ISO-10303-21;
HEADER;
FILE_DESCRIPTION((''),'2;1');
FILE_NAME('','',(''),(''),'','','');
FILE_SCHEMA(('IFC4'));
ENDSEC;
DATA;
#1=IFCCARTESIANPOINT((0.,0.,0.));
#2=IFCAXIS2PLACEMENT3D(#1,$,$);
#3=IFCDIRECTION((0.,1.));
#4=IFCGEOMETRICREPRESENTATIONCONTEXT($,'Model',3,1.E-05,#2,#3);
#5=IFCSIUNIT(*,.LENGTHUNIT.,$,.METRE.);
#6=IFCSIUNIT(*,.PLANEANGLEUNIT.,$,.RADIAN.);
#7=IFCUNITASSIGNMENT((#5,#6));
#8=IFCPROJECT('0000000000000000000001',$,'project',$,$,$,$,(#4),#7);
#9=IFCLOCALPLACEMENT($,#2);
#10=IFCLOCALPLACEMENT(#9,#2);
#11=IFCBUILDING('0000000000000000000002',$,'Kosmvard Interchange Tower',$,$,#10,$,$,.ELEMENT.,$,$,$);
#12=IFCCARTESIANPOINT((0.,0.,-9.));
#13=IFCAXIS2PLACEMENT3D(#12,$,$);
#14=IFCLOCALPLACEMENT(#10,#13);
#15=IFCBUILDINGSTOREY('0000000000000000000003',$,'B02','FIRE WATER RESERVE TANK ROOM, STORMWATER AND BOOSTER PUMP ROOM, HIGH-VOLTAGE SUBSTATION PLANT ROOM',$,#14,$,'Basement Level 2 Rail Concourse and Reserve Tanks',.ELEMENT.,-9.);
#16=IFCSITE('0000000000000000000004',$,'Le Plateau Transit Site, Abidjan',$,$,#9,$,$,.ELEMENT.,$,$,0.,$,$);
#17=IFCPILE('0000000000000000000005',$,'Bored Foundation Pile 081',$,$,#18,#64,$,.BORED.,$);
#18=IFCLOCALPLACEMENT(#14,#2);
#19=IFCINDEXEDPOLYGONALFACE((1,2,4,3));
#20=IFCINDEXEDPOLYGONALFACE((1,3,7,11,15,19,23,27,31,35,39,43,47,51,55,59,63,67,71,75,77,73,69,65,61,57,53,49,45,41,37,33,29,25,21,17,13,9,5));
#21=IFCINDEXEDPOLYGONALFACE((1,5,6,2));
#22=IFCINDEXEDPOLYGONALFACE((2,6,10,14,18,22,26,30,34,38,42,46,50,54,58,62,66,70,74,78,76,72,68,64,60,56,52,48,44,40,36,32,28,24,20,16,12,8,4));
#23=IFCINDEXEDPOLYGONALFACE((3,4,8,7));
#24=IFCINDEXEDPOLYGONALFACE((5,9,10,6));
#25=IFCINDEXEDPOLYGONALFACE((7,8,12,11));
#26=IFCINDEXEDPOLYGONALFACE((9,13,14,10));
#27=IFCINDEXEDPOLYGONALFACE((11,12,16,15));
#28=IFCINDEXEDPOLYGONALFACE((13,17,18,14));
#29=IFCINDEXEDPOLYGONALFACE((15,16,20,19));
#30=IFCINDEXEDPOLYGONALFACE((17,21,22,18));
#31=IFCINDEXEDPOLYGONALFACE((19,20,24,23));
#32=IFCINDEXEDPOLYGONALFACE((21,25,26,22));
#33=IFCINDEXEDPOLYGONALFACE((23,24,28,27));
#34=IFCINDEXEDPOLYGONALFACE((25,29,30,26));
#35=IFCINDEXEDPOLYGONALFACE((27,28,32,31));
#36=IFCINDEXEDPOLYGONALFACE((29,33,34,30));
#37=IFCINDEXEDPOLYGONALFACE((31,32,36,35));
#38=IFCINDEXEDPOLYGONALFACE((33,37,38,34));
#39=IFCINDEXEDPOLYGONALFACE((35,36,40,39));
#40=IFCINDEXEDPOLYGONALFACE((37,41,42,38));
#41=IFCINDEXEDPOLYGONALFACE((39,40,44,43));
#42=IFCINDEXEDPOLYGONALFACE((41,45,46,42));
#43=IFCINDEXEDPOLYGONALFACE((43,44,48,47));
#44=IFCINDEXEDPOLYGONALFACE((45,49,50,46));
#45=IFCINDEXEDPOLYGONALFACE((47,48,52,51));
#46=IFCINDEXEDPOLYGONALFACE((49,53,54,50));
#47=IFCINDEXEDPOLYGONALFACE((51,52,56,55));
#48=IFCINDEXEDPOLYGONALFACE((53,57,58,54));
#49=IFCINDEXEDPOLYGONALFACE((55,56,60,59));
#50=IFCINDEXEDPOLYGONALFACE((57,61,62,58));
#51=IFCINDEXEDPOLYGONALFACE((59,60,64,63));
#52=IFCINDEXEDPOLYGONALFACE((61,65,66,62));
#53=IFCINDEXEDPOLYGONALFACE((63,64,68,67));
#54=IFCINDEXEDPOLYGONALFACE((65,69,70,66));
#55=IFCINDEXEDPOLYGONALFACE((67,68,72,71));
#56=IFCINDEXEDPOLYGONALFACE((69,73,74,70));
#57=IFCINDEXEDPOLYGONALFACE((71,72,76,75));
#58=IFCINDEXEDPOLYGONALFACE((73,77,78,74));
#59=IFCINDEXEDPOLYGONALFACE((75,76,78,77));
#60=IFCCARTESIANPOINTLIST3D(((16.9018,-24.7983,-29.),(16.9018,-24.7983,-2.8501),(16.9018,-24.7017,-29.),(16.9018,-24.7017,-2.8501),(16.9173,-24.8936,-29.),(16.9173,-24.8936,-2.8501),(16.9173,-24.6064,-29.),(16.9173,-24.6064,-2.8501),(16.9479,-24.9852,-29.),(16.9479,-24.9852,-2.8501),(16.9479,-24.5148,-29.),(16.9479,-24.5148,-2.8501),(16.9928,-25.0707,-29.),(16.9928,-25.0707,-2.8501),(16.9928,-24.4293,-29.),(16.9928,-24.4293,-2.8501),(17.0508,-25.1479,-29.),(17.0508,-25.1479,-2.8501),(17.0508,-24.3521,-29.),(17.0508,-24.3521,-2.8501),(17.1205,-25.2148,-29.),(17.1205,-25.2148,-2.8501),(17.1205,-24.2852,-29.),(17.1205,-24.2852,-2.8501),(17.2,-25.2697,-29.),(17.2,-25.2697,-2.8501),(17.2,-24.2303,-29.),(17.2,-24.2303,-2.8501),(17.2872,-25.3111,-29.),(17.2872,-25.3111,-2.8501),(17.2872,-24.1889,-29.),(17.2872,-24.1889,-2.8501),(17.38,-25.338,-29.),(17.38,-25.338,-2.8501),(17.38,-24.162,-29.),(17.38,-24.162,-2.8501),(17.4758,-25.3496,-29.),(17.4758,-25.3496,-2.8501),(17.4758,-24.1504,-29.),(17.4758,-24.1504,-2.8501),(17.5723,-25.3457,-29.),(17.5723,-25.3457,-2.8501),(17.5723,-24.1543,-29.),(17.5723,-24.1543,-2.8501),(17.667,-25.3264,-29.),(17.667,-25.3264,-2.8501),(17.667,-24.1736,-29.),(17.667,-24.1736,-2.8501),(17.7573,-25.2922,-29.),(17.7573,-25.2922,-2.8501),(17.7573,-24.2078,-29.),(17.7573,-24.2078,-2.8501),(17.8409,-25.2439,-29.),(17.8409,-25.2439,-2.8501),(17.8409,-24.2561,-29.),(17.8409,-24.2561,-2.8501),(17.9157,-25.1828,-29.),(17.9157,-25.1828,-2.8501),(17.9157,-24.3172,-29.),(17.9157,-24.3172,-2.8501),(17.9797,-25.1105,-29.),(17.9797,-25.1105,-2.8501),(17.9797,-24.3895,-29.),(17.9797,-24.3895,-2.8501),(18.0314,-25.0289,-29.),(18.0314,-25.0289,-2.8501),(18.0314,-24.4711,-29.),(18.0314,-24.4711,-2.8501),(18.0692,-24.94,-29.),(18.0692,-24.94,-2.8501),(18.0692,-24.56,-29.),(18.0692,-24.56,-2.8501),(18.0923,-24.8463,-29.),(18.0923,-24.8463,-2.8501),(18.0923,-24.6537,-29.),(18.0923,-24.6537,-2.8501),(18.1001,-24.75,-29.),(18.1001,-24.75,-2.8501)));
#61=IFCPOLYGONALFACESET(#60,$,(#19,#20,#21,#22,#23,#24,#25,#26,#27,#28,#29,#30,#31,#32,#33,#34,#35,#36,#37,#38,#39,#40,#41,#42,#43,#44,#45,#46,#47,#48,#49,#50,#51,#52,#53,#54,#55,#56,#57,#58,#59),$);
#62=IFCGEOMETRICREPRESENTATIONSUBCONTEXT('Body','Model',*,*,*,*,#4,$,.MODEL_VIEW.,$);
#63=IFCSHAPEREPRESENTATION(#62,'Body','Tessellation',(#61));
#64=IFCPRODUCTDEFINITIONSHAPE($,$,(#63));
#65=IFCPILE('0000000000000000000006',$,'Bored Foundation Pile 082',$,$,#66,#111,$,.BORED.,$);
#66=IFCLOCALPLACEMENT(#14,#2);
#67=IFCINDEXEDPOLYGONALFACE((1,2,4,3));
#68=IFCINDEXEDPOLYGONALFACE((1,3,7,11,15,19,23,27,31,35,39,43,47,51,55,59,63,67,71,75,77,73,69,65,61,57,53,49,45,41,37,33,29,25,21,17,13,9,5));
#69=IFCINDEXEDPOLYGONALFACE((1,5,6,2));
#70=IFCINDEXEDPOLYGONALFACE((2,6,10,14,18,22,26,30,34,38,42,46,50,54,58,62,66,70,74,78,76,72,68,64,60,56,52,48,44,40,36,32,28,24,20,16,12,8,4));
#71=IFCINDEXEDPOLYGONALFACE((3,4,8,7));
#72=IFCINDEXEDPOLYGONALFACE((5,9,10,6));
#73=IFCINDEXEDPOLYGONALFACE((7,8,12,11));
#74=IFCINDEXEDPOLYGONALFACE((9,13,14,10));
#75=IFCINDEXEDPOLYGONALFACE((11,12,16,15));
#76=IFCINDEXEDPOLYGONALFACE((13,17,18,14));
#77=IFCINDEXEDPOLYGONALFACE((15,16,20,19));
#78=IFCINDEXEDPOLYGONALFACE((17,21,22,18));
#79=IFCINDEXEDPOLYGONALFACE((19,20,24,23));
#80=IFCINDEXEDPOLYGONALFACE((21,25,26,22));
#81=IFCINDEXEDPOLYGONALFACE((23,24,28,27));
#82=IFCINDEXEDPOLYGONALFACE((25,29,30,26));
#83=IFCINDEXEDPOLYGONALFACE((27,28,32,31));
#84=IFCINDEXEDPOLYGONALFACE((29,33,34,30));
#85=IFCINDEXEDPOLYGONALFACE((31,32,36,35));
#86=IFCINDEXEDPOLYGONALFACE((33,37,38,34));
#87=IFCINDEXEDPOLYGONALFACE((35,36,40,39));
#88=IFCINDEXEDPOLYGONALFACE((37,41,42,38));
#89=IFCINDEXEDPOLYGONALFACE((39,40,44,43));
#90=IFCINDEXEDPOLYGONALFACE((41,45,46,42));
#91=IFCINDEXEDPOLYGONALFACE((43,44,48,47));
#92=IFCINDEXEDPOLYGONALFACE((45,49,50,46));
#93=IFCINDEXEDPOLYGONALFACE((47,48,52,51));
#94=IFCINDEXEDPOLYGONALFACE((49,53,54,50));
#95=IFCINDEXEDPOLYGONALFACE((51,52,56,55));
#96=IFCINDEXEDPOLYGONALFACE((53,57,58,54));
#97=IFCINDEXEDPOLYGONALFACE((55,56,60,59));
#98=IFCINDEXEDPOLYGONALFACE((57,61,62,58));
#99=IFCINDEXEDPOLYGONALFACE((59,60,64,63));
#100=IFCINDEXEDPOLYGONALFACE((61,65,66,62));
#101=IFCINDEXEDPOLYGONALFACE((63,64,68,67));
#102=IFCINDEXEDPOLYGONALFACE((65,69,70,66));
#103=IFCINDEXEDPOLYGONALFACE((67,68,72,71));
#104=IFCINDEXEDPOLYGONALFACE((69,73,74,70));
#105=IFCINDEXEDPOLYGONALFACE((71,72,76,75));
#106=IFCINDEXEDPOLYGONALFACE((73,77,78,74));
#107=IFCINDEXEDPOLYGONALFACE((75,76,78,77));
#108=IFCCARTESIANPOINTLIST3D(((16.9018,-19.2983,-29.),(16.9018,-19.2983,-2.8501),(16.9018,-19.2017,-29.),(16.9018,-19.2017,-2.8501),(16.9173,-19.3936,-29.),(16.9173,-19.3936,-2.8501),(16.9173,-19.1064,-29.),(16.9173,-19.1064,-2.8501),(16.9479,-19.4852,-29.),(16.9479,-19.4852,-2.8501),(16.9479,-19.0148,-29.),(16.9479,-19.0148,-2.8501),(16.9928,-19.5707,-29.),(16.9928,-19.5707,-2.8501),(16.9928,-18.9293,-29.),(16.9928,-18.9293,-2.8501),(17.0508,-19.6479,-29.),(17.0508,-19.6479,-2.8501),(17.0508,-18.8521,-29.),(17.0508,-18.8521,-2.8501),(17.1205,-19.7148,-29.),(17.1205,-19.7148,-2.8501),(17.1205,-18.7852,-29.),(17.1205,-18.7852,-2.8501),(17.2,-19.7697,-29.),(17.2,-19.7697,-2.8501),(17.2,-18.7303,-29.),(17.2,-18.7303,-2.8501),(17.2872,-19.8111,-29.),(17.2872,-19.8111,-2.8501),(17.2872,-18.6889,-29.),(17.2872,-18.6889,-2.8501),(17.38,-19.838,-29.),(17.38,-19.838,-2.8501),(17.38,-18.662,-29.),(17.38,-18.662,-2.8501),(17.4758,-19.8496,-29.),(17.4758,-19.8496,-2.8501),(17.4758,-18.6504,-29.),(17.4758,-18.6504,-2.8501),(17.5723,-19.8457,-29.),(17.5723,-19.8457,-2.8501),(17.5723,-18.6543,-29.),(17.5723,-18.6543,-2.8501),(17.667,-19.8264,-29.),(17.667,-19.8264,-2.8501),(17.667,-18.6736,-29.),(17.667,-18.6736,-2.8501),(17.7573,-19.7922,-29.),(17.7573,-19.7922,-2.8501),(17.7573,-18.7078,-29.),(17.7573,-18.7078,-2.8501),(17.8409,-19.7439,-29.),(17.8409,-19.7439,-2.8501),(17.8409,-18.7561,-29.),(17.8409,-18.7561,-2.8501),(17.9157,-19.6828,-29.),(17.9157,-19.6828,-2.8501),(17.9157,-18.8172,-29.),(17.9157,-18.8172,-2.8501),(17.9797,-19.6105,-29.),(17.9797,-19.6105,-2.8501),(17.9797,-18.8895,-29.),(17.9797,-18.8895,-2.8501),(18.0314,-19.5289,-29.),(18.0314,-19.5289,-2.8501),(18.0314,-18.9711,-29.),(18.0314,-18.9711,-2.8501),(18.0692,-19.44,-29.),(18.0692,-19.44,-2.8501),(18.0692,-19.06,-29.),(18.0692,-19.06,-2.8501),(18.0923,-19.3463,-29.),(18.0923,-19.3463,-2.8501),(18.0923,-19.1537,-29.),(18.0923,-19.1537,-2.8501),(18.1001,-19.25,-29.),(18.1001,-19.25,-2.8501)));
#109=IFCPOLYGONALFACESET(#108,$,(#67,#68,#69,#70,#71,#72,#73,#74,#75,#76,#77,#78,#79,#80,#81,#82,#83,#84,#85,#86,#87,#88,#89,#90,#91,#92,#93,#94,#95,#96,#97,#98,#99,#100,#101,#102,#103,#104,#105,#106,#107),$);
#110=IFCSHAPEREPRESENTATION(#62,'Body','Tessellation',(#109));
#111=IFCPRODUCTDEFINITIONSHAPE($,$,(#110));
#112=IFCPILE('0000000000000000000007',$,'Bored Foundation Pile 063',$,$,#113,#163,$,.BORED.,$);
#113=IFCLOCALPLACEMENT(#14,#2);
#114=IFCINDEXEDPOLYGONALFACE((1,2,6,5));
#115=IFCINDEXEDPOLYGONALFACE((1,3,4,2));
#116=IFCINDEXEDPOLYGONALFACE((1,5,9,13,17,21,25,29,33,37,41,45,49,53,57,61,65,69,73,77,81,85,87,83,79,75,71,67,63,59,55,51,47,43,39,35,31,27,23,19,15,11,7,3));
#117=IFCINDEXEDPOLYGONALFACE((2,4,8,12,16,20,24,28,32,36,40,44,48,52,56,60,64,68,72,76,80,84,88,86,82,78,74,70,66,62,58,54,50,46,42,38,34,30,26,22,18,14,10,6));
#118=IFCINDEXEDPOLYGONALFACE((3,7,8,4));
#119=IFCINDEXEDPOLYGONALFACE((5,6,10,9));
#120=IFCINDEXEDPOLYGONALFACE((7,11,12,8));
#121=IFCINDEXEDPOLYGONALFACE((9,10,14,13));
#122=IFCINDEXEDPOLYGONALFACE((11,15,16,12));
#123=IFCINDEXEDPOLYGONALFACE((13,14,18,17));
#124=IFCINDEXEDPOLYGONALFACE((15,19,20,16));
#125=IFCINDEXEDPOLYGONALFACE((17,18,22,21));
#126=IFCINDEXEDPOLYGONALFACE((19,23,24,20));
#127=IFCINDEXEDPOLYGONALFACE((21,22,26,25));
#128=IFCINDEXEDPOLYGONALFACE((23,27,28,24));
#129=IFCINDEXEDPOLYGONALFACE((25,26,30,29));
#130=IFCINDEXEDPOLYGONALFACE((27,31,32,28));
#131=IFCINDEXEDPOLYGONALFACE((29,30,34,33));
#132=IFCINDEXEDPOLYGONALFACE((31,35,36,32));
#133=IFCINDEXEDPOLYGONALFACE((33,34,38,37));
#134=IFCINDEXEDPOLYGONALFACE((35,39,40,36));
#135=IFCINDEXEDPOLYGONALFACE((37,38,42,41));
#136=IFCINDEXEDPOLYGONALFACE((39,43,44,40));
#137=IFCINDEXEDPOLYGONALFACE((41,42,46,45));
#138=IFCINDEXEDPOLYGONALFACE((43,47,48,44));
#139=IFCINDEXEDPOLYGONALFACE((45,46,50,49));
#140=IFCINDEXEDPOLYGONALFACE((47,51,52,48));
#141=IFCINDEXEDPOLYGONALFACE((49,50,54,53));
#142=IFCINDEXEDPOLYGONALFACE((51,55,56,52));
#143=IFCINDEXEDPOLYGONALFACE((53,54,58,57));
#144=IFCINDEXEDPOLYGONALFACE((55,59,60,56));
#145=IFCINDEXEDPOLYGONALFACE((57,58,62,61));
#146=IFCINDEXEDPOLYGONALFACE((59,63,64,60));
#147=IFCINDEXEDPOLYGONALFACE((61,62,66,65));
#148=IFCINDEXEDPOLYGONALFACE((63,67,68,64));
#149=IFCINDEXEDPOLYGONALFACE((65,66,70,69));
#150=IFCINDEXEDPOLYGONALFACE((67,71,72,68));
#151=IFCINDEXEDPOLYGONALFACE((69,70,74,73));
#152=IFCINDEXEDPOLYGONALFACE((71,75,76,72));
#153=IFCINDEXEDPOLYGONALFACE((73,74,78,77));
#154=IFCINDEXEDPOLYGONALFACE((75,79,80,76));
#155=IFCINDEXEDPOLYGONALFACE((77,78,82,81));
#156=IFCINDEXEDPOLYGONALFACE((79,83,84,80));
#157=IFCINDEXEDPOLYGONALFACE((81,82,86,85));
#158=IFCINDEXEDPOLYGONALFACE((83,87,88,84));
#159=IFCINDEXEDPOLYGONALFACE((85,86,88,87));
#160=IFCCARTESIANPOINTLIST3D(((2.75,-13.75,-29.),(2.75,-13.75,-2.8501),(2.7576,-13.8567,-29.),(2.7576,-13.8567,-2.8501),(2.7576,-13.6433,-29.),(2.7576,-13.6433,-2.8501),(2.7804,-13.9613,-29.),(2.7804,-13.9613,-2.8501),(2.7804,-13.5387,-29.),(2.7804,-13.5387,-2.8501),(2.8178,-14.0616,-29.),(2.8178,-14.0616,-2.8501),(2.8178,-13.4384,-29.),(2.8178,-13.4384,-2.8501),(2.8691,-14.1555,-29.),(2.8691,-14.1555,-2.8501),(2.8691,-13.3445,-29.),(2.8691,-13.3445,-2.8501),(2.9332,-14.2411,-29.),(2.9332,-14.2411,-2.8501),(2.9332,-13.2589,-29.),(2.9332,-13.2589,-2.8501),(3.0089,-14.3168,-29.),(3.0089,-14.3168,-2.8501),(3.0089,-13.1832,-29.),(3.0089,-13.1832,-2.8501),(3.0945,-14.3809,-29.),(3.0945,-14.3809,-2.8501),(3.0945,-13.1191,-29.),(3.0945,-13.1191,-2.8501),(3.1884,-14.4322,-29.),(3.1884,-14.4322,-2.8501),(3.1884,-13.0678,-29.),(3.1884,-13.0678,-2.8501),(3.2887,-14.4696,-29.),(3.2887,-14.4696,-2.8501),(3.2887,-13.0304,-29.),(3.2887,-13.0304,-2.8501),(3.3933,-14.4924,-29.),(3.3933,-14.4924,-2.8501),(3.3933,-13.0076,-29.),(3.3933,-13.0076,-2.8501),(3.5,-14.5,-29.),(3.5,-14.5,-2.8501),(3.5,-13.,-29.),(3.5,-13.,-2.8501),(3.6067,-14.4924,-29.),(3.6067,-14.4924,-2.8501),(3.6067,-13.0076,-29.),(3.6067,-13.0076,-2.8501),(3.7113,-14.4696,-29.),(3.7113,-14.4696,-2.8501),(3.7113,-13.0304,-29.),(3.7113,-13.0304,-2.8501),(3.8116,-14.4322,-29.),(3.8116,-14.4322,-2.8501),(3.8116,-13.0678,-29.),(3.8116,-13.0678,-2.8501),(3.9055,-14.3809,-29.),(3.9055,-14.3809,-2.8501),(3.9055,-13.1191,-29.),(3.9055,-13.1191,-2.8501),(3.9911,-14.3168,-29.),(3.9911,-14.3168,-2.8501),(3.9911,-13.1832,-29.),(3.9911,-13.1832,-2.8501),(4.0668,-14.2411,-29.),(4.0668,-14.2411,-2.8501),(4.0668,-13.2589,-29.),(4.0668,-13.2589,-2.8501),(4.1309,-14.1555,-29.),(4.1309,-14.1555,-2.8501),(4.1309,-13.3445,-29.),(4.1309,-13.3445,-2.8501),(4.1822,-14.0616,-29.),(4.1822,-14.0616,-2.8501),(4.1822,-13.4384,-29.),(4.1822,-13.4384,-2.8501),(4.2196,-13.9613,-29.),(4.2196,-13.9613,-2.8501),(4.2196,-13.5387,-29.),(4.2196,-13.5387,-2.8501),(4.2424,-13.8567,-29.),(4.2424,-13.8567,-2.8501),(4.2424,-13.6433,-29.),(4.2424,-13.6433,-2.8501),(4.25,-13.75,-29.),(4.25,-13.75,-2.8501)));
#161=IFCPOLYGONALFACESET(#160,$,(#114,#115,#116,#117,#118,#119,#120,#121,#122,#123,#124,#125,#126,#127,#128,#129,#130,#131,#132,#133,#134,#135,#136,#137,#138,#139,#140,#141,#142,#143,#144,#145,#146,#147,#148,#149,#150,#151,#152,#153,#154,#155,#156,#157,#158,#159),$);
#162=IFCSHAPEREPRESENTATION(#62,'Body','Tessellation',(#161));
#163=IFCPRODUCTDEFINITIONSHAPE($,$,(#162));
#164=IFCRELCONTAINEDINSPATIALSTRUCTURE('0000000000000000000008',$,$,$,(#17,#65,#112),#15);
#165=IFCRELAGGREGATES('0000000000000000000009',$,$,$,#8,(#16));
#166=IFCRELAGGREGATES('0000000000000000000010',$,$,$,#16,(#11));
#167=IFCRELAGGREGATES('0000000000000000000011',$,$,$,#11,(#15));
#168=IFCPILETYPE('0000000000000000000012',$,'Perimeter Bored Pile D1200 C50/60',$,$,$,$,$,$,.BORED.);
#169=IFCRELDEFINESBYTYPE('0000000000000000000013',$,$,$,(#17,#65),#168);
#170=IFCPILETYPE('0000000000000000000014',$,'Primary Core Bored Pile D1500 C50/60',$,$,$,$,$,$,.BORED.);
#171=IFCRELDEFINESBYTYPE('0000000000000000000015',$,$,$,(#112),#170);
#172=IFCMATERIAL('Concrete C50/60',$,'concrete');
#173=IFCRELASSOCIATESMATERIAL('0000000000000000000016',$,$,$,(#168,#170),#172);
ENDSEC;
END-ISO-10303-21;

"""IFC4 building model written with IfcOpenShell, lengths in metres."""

from ifc_helpers import new_model, si_unit, direction, frame, origin, origin_2d, place, context, subcontext, project, spatial, circle, extrude, source, transform, mapped, material, material_profile, profile_set, type_object, element, save


model = new_model("IFC4")

# Units and contexts
model_context = context("Model", 3, precision=1e-05, world=origin(), true_north=direction((0.0, 1.0)))
body_context = subcontext(model_context, "Body", "Model", "MODEL_VIEW")
ifc_project = project(units=[si_unit("LENGTHUNIT", "METRE"), si_unit("PLANEANGLEUNIT", "RADIAN")], contexts=[model_context])

# Site, building, storey
site_placement = place(None, origin())
site = spatial("IfcSite", under=ifc_project, at=site_placement, Name="Le Plateau Transit Site, Abidjan", CompositionType="ELEMENT", RefElevation=0.0)
building_placement = place(site_placement, origin())
building = spatial("IfcBuilding", under=site, at=building_placement, Name="Kosmvard Interchange Tower", CompositionType="ELEMENT")
storey_placement = place(building_placement, frame((0.0, 0.0, -9.0)))
storey = spatial("IfcBuildingStorey", under=building, at=storey_placement, Name="B02", Description="FIRE WATER RESERVE TANK ROOM, STORMWATER AND BOOSTER PUMP ROOM, HIGH-VOLTAGE SUBSTATION PLANT ROOM", LongName="Basement Level 2 Rail Concourse and Reserve Tanks", CompositionType="ELEMENT", Elevation=-9.0)

# Piles
ifc_material_1 = material(Name="Concrete C50/60", Category="concrete")
ifc_material_profile_1 = material_profile(ifc_material_1, circle(Radius=0.6001, at=origin_2d()), Name="PILE D1200")
ifc_profile_set_1 = profile_set([ifc_material_profile_1], Name="Concrete C50/60")
pile_type_1 = type_object("IfcPileType", Name="Perimeter Bored Pile D1200 C50/60", PredefinedType="BORED", material=ifc_profile_set_1)
shared_shape_1 = source(origin(), body_context, "Body", "SweptSolid", [
    extrude(circle(Radius=0.6001, at=origin_2d()), origin(), (0.0, 0.0, 1.0), 26.1499),
])
for number, where, z_axis, x_axis, name in (
    (1, (17.5, -24.75, -2.8501), (0.0, 0.0, -1.0), (1.0, 0.0, 0.0), "Bored Foundation Pile 081"),
    (2, (17.5, -19.25, -2.8501), (0.0, 0.0, -1.0), (1.0, 0.0, 0.0), "Bored Foundation Pile 082"),
):
    element("IfcPile", number, at=place(storey_placement, frame(where, z_axis=z_axis, x_axis=x_axis)), inside=storey, type_object=pile_type_1, Name=name, PredefinedType="BORED", context=body_context, shape_type="MappedRepresentation", body=[
        mapped(shared_shape_1, transform((0.0, 0.0, 0.0), scale=1.0)),
    ])
ifc_material_profile_2 = material_profile(ifc_material_1, circle(Radius=0.75, at=origin_2d()), Name="PILE D1500")
ifc_profile_set_2 = profile_set([ifc_material_profile_2], Name="Concrete C50/60")
pile_type_2 = type_object("IfcPileType", Name="Primary Core Bored Pile D1500 C50/60", PredefinedType="BORED", material=ifc_profile_set_2)
shared_shape_2 = source(origin(), body_context, "Body", "SweptSolid", [
    extrude(circle(Radius=0.75, at=origin_2d()), origin(), (0.0, 0.0, 1.0), 26.1499),
])
for number, where, z_axis, x_axis, name in (
    (3, (3.5, -13.75, -2.8501), (0.0, 0.0, -1.0), (1.0, 0.0, 0.0), "Bored Foundation Pile 063"),
):
    element("IfcPile", number, at=place(storey_placement, frame(where, z_axis=z_axis, x_axis=x_axis)), inside=storey, type_object=pile_type_2, Name=name, PredefinedType="BORED", context=body_context, shape_type="MappedRepresentation", body=[
        mapped(shared_shape_2, transform((0.0, 0.0, 0.0), scale=1.0)),
    ])

save(model, "model.ifc")
